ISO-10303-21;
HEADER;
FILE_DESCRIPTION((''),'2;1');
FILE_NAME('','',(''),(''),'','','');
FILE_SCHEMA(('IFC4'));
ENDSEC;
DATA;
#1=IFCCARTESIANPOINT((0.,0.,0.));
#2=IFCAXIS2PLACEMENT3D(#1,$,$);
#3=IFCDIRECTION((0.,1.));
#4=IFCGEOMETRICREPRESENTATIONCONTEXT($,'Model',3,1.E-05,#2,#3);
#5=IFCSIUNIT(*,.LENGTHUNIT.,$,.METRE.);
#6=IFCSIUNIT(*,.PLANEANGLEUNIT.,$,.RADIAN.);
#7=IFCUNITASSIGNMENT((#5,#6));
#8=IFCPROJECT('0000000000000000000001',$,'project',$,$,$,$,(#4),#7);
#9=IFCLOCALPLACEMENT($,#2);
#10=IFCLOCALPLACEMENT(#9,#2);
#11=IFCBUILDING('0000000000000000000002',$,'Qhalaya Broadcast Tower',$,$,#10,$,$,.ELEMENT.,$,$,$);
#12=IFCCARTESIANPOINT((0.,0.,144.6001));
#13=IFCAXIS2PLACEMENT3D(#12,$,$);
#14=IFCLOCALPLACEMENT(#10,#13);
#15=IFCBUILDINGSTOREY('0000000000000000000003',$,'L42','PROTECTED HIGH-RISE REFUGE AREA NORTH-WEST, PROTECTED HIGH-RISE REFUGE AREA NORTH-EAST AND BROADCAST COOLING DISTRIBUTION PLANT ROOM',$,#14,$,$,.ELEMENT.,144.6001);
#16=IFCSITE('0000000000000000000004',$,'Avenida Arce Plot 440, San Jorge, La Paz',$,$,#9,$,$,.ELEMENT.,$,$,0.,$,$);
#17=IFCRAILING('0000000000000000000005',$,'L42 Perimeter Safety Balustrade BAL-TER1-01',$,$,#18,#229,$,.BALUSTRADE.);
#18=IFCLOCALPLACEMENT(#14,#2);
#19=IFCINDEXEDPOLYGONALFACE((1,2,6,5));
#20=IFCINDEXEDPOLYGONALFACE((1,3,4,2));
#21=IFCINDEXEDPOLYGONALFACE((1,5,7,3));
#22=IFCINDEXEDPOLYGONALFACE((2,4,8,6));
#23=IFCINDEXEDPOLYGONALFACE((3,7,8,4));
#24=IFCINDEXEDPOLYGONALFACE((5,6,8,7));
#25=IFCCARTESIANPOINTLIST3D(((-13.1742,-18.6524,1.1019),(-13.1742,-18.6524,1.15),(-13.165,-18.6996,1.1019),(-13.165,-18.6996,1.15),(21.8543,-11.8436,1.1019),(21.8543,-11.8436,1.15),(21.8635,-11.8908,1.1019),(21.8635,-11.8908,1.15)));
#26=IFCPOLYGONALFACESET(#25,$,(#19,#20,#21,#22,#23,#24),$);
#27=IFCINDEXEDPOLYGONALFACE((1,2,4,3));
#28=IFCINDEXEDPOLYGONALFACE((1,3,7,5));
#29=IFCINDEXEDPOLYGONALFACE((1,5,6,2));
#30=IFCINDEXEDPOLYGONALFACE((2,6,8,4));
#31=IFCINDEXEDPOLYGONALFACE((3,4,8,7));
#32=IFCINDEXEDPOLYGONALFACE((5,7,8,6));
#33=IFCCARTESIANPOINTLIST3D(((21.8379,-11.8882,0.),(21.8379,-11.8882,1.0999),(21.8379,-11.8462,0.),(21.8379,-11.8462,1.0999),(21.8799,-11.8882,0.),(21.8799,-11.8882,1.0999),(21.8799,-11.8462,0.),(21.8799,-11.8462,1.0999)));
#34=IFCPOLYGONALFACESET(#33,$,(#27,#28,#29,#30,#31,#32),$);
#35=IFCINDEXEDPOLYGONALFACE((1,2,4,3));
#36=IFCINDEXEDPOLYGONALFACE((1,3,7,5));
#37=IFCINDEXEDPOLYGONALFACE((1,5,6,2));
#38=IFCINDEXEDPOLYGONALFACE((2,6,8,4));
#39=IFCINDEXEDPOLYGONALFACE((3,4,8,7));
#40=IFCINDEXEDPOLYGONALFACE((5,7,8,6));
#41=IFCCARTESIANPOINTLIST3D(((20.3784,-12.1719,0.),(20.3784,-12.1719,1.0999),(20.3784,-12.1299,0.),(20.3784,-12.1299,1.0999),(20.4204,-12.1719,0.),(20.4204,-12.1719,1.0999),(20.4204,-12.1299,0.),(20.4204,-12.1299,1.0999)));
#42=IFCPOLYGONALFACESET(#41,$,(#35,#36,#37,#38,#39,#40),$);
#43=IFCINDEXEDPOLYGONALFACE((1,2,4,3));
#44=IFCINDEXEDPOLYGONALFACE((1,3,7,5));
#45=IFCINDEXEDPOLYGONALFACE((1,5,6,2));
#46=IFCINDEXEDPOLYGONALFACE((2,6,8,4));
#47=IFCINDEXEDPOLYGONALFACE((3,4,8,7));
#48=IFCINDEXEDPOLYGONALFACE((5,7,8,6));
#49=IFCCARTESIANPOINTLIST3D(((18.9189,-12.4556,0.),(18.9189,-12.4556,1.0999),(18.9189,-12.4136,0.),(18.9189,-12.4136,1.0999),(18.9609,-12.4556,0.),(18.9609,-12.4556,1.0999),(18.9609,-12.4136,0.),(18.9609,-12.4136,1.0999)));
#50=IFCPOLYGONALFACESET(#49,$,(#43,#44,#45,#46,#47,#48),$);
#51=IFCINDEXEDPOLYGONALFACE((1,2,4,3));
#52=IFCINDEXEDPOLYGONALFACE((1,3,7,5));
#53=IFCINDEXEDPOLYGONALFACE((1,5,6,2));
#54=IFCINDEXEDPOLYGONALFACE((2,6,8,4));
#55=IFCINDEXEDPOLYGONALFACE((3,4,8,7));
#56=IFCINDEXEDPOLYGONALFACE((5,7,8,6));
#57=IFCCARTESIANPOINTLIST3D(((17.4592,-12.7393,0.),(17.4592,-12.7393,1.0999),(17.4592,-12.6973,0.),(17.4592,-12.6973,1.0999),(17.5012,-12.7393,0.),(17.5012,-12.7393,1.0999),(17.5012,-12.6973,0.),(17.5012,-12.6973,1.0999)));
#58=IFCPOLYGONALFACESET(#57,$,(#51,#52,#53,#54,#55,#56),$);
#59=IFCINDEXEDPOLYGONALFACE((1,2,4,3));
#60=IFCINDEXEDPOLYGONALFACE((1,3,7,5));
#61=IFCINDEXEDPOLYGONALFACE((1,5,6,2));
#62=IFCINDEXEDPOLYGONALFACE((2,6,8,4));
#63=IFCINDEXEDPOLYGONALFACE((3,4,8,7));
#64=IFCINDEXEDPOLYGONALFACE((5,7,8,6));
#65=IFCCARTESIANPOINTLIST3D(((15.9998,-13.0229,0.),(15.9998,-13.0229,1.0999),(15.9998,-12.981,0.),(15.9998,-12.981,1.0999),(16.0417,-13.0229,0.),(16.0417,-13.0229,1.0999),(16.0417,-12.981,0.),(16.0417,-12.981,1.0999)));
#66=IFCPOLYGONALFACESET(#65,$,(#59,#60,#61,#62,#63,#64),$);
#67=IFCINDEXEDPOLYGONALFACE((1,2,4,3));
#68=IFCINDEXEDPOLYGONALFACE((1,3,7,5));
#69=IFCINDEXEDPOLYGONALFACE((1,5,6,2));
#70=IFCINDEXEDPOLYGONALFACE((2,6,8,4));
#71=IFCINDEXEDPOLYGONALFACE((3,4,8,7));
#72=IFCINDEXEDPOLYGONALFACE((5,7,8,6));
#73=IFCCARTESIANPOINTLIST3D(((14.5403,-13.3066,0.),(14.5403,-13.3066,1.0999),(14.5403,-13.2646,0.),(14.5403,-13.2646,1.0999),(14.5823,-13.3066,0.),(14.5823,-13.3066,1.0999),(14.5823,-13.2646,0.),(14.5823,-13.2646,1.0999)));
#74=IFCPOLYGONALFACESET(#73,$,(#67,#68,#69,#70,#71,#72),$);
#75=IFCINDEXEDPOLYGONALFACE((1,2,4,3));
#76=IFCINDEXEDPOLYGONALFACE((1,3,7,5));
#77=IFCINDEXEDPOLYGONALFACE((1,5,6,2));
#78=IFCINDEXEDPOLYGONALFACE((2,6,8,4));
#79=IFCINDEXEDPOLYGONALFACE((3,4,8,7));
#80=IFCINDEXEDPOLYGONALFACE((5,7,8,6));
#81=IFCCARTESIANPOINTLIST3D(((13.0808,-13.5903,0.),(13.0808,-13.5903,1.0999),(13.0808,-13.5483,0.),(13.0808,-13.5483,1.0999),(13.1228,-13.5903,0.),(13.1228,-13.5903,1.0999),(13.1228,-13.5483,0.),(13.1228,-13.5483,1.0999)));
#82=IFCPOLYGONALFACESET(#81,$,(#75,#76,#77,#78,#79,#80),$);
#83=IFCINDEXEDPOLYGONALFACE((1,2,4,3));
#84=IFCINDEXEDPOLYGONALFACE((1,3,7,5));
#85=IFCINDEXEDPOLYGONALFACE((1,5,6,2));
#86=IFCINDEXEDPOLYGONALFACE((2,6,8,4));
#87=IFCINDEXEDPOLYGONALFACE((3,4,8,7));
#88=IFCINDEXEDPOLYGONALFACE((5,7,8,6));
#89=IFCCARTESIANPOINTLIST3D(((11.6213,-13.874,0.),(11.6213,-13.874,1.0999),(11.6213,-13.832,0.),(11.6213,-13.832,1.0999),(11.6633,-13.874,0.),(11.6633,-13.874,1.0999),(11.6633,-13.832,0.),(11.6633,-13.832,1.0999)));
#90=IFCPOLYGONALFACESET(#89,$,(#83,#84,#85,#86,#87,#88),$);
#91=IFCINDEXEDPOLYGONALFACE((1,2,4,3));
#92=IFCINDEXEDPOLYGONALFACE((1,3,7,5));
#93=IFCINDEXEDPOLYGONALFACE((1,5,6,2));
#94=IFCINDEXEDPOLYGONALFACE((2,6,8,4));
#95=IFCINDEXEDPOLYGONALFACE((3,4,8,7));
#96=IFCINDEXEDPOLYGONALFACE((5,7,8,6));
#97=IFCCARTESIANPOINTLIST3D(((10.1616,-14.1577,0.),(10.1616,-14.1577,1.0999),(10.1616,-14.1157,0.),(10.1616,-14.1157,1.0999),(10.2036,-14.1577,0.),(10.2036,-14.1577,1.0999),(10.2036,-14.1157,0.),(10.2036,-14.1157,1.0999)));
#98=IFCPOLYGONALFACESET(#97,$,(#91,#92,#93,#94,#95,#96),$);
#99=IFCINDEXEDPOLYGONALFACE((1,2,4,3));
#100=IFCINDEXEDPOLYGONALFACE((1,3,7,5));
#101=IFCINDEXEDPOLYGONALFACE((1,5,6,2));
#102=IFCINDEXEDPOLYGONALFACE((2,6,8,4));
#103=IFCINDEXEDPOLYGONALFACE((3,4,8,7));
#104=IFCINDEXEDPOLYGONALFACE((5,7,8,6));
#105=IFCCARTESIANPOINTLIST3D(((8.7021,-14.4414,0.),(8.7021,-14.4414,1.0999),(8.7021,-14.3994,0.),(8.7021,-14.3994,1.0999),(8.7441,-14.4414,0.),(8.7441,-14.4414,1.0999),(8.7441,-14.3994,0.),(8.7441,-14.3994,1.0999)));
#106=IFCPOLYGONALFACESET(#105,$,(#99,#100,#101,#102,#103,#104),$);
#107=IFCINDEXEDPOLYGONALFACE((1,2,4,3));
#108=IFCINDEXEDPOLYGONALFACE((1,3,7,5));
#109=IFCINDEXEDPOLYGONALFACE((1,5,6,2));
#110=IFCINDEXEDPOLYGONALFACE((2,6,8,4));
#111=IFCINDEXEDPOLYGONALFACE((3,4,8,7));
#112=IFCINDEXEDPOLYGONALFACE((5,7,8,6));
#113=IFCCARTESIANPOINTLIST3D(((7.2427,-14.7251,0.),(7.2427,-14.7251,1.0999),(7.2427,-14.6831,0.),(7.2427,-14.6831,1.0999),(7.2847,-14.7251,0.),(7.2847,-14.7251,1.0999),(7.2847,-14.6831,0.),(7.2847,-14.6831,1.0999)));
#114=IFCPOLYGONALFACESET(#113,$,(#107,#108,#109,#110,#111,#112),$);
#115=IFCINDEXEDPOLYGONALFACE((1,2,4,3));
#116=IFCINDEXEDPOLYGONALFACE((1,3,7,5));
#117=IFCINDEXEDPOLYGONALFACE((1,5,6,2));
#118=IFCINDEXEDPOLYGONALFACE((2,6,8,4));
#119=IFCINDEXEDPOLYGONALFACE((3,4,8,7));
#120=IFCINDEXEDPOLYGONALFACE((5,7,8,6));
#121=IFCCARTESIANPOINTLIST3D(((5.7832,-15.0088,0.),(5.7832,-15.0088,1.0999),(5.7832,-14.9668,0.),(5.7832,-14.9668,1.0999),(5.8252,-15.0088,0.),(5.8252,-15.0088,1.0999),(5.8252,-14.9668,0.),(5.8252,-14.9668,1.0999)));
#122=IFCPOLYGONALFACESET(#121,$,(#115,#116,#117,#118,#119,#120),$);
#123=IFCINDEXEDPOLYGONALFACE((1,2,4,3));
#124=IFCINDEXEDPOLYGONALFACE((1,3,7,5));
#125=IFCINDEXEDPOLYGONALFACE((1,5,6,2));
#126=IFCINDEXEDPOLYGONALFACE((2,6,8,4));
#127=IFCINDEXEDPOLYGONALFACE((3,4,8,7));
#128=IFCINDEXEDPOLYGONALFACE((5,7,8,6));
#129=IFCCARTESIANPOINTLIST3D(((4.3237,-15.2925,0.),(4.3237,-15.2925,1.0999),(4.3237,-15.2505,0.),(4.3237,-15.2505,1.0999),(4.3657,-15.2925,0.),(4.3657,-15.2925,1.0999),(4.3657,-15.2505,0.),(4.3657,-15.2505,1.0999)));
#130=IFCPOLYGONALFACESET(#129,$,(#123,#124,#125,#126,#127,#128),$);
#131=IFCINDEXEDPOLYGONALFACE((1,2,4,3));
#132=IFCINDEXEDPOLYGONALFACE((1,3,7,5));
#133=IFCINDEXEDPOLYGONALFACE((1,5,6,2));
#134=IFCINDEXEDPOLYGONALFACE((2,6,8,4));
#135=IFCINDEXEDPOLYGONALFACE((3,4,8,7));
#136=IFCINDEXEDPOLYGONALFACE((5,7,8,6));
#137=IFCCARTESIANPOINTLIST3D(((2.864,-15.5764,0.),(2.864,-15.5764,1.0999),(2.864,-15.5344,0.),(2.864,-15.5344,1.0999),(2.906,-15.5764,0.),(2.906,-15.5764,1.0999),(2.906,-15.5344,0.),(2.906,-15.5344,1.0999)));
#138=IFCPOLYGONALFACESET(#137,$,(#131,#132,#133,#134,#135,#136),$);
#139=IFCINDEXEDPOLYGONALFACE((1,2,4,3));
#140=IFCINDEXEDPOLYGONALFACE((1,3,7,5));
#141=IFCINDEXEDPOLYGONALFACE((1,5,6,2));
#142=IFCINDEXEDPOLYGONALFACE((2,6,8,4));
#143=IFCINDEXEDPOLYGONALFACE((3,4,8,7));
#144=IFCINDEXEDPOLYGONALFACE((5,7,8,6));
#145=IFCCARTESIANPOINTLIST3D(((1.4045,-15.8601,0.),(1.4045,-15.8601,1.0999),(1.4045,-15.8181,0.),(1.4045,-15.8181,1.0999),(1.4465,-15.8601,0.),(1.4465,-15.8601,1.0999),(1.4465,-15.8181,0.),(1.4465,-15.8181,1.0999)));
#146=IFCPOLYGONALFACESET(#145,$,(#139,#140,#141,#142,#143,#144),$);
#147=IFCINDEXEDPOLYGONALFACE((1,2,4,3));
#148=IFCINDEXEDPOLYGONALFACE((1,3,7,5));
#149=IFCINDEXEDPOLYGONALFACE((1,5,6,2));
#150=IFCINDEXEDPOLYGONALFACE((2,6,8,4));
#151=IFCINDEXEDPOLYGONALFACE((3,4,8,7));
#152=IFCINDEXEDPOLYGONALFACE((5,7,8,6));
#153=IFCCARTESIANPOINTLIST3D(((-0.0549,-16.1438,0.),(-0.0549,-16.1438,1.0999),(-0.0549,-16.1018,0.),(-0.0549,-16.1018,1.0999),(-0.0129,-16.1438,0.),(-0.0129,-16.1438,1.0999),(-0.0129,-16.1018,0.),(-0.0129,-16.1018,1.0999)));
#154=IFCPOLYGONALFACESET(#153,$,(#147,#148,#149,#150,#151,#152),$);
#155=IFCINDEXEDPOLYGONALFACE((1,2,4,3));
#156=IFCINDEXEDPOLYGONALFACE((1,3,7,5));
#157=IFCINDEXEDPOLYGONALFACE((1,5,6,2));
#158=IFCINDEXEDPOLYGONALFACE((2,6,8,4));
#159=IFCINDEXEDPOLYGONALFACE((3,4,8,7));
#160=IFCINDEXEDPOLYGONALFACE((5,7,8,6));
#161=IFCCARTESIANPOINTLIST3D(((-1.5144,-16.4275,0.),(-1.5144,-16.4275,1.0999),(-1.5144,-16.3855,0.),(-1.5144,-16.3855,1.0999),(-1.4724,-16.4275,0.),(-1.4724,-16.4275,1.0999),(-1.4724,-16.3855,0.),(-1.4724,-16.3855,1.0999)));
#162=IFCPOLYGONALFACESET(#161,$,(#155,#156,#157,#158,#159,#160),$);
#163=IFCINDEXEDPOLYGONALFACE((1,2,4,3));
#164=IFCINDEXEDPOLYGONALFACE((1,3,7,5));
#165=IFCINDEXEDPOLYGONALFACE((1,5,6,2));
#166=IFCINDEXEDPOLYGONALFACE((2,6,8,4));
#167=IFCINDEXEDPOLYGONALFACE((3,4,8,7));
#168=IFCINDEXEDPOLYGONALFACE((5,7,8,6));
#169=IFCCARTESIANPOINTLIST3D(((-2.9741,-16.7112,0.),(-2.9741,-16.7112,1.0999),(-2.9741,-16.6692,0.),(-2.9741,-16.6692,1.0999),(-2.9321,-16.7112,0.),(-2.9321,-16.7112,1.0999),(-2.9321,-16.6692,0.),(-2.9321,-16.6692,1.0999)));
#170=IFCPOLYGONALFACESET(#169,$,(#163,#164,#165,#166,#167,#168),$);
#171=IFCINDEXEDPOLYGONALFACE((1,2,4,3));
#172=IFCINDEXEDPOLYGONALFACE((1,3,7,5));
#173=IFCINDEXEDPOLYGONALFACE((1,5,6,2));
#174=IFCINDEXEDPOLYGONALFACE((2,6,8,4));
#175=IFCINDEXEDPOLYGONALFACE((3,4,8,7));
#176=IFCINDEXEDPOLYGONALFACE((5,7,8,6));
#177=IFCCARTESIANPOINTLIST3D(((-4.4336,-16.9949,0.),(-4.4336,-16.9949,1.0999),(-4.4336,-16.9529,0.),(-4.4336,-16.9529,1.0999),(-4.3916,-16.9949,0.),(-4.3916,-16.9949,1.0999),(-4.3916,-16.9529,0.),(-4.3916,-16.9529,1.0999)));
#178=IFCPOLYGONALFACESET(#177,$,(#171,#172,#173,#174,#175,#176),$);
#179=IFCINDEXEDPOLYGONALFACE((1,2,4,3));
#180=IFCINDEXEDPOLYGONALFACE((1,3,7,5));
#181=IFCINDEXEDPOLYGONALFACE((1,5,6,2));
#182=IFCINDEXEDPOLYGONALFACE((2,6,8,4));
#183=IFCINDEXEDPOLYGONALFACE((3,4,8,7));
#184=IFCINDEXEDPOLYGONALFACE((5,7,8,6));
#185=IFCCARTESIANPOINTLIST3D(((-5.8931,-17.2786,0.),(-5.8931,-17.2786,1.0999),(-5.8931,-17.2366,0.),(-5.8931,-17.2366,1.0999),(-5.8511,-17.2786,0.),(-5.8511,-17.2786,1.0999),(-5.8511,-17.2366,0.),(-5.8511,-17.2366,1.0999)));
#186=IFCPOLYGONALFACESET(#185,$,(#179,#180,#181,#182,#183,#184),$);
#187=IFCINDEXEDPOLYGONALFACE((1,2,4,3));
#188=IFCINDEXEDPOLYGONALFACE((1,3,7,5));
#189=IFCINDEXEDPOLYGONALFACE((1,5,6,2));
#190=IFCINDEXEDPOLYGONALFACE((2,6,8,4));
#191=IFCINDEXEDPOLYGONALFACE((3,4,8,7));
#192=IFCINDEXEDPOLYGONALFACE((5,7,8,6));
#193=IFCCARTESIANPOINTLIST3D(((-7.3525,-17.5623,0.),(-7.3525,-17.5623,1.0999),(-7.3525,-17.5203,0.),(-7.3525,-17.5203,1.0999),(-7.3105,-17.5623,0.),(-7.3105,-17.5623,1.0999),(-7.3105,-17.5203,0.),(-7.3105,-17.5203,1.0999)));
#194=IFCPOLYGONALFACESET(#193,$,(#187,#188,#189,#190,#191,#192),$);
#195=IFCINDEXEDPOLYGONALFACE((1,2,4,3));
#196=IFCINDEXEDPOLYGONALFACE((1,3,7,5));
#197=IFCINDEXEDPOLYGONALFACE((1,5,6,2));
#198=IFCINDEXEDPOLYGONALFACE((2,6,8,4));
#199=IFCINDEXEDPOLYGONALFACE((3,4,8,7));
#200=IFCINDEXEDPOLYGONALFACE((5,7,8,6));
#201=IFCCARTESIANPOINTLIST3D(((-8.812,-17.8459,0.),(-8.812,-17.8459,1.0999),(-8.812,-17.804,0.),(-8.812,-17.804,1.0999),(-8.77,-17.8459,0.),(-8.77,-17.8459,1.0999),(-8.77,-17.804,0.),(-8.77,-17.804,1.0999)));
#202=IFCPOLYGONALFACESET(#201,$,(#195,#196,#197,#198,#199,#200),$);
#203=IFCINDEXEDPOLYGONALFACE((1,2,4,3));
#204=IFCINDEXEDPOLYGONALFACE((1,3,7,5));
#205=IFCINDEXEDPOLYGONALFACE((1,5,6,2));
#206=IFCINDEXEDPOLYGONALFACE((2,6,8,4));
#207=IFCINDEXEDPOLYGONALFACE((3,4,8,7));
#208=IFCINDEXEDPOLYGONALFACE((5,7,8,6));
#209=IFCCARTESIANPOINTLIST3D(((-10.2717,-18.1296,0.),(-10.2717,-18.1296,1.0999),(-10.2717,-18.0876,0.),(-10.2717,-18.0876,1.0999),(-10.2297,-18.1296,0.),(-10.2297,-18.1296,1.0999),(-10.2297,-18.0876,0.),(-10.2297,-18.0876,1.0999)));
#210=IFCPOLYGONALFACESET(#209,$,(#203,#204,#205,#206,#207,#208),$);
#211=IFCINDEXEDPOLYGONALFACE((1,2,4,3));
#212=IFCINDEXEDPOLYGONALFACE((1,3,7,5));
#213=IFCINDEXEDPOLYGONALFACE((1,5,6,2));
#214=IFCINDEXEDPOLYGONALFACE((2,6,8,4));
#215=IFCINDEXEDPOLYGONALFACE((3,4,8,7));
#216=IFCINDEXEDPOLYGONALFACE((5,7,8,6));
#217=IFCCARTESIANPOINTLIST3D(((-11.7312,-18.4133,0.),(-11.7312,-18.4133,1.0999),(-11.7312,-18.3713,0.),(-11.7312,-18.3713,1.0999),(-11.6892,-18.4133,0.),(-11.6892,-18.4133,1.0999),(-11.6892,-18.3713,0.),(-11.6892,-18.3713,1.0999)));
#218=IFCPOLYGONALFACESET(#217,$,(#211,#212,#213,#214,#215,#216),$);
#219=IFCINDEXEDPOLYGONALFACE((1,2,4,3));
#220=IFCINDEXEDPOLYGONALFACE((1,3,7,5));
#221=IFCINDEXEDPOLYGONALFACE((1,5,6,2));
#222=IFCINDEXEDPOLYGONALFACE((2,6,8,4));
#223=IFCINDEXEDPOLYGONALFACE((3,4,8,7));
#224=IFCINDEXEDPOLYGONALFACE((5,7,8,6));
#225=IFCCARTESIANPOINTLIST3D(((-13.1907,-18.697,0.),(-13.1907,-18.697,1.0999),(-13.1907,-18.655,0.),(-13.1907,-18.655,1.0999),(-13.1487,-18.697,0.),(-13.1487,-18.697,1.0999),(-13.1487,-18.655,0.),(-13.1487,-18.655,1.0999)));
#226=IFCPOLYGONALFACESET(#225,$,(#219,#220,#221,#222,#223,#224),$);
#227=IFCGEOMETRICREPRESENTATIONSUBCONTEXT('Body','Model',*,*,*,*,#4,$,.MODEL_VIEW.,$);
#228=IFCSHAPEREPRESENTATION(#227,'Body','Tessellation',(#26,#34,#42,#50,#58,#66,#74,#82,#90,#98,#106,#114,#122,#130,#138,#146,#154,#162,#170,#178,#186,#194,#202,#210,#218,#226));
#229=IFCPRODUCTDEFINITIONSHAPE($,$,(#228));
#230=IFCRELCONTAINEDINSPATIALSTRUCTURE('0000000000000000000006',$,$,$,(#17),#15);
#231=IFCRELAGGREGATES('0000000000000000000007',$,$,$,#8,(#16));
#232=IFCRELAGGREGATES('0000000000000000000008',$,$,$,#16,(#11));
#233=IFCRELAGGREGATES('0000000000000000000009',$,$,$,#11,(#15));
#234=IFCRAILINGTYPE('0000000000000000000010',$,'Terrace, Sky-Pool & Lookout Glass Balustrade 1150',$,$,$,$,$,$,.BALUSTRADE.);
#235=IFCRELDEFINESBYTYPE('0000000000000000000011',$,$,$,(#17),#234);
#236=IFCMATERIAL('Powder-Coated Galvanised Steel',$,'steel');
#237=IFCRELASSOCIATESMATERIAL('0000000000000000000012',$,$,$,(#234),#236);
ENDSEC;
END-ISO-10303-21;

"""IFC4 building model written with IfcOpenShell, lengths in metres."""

from ifc_helpers import new_model, si_unit, direction, frame, origin, origin_2d, place, context, subcontext, project, spatial, rectangle, extrude, material, type_object, element, save


model = new_model("IFC4")

# Units and contexts
model_context = context("Model", 3, precision=1e-05, world=origin(), true_north=direction((0.0, 1.0)))
body_context = subcontext(model_context, "Body", "Model", "MODEL_VIEW")
ifc_project = project(units=[si_unit("LENGTHUNIT", "METRE"), si_unit("PLANEANGLEUNIT", "RADIAN")], contexts=[model_context])

# Site, building, storey
site_placement = place(None, origin())
site = spatial("IfcSite", under=ifc_project, at=site_placement, Name="Avenida Arce Plot 440, San Jorge, La Paz", CompositionType="ELEMENT", RefElevation=0.0)
building_placement = place(site_placement, origin())
building = spatial("IfcBuilding", under=site, at=building_placement, Name="Qhalaya Broadcast Tower", CompositionType="ELEMENT")
storey_placement = place(building_placement, frame((0.0, 0.0, 144.6001)))
storey = spatial("IfcBuildingStorey", under=building, at=storey_placement, Name="L42", Description="PROTECTED HIGH-RISE REFUGE AREA NORTH-WEST, PROTECTED HIGH-RISE REFUGE AREA NORTH-EAST AND BROADCAST COOLING DISTRIBUTION PLANT ROOM", CompositionType="ELEMENT", Elevation=144.6001)

# Railing
ifc_material_1 = material(Name="Powder-Coated Galvanised Steel", Category="steel")
railing_type = type_object("IfcRailingType", Name="Terrace, Sky-Pool & Lookout Glass Balustrade 1150", PredefinedType="BALUSTRADE", material=ifc_material_1)
railing_1_placement = place(storey_placement, frame((21.8589, -11.8672, 0.0)))
element("IfcRailing", 1, at=railing_1_placement, inside=storey, type_object=railing_type, Name="L42 Perimeter Safety Balustrade BAL-TER1-01", PredefinedType="BALUSTRADE", context=body_context, shape_type="SweptSolid", body=[
    extrude(rectangle(XDim=0.0481, YDim=0.0481, at=origin_2d()), frame((0.0, 0.0, 1.126), z_axis=(-0.981627, -0.190808, 0.0), x_axis=(0.190808, -0.981627, 0.0)), (0.0, 0.0, 1.0), 35.6841),
    extrude(rectangle(XDim=0.042, YDim=0.042, at=origin_2d()), origin(), (0.0, 0.0, 1.0), 1.0999),
    extrude(rectangle(XDim=0.042, YDim=0.042, at=origin_2d()), frame((-1.4595, -0.2837, 0.0)), (0.0, 0.0, 1.0), 1.0999),
    extrude(rectangle(XDim=0.042, YDim=0.042, at=origin_2d()), frame((-2.9189, -0.5674, 0.0)), (0.0, 0.0, 1.0), 1.0999),
    extrude(rectangle(XDim=0.042, YDim=0.042, at=origin_2d()), frame((-4.3787, -0.8511, 0.0)), (0.0, 0.0, 1.0), 1.0999),
    extrude(rectangle(XDim=0.042, YDim=0.042, at=origin_2d()), frame((-5.8381, -1.1348, 0.0)), (0.0, 0.0, 1.0), 1.0999),
    extrude(rectangle(XDim=0.042, YDim=0.042, at=origin_2d()), frame((-7.2976, -1.4185, 0.0)), (0.0, 0.0, 1.0), 1.0999),
    extrude(rectangle(XDim=0.042, YDim=0.042, at=origin_2d()), frame((-8.7571, -1.7021, 0.0)), (0.0, 0.0, 1.0), 1.0999),
    extrude(rectangle(XDim=0.042, YDim=0.042, at=origin_2d()), frame((-10.2166, -1.9858, 0.0)), (0.0, 0.0, 1.0), 1.0999),
    extrude(rectangle(XDim=0.042, YDim=0.042, at=origin_2d()), frame((-11.6763, -2.2695, 0.0)), (0.0, 0.0, 1.0), 1.0999),
    extrude(rectangle(XDim=0.042, YDim=0.042, at=origin_2d()), frame((-13.1357, -2.5532, 0.0)), (0.0, 0.0, 1.0), 1.0999),
    extrude(rectangle(XDim=0.042, YDim=0.042, at=origin_2d()), frame((-14.5952, -2.8369, 0.0)), (0.0, 0.0, 1.0), 1.0999),
    extrude(rectangle(XDim=0.042, YDim=0.042, at=origin_2d()), frame((-16.0547, -3.1206, 0.0)), (0.0, 0.0, 1.0), 1.0999),
    extrude(rectangle(XDim=0.042, YDim=0.042, at=origin_2d()), frame((-17.5142, -3.4043, 0.0)), (0.0, 0.0, 1.0), 1.0999),
    extrude(rectangle(XDim=0.042, YDim=0.042, at=origin_2d()), frame((-18.9739, -3.6882, 0.0)), (0.0, 0.0, 1.0), 1.0999),
    extrude(rectangle(XDim=0.042, YDim=0.042, at=origin_2d()), frame((-20.4333, -3.9719, 0.0)), (0.0, 0.0, 1.0), 1.0999),
    extrude(rectangle(XDim=0.042, YDim=0.042, at=origin_2d()), frame((-21.8928, -4.2556, 0.0)), (0.0, 0.0, 1.0), 1.0999),
    extrude(rectangle(XDim=0.042, YDim=0.042, at=origin_2d()), frame((-23.3523, -4.5393, 0.0)), (0.0, 0.0, 1.0), 1.0999),
    extrude(rectangle(XDim=0.042, YDim=0.042, at=origin_2d()), frame((-24.812, -4.823, 0.0)), (0.0, 0.0, 1.0), 1.0999),
    extrude(rectangle(XDim=0.042, YDim=0.042, at=origin_2d()), frame((-26.2715, -5.1067, 0.0)), (0.0, 0.0, 1.0), 1.0999),
    extrude(rectangle(XDim=0.042, YDim=0.042, at=origin_2d()), frame((-27.731, -5.3904, 0.0)), (0.0, 0.0, 1.0), 1.0999),
    extrude(rectangle(XDim=0.042, YDim=0.042, at=origin_2d()), frame((-29.1904, -5.6741, 0.0)), (0.0, 0.0, 1.0), 1.0999),
    extrude(rectangle(XDim=0.042, YDim=0.042, at=origin_2d()), frame((-30.6499, -5.9578, 0.0)), (0.0, 0.0, 1.0), 1.0999),
    extrude(rectangle(XDim=0.042, YDim=0.042, at=origin_2d()), frame((-32.1096, -6.2415, 0.0)), (0.0, 0.0, 1.0), 1.0999),
    extrude(rectangle(XDim=0.042, YDim=0.042, at=origin_2d()), frame((-33.5691, -6.5251, 0.0)), (0.0, 0.0, 1.0), 1.0999),
    extrude(rectangle(XDim=0.042, YDim=0.042, at=origin_2d()), frame((-35.0286, -6.8088, 0.0)), (0.0, 0.0, 1.0), 1.0999),
])

save(model, "model.ifc")
